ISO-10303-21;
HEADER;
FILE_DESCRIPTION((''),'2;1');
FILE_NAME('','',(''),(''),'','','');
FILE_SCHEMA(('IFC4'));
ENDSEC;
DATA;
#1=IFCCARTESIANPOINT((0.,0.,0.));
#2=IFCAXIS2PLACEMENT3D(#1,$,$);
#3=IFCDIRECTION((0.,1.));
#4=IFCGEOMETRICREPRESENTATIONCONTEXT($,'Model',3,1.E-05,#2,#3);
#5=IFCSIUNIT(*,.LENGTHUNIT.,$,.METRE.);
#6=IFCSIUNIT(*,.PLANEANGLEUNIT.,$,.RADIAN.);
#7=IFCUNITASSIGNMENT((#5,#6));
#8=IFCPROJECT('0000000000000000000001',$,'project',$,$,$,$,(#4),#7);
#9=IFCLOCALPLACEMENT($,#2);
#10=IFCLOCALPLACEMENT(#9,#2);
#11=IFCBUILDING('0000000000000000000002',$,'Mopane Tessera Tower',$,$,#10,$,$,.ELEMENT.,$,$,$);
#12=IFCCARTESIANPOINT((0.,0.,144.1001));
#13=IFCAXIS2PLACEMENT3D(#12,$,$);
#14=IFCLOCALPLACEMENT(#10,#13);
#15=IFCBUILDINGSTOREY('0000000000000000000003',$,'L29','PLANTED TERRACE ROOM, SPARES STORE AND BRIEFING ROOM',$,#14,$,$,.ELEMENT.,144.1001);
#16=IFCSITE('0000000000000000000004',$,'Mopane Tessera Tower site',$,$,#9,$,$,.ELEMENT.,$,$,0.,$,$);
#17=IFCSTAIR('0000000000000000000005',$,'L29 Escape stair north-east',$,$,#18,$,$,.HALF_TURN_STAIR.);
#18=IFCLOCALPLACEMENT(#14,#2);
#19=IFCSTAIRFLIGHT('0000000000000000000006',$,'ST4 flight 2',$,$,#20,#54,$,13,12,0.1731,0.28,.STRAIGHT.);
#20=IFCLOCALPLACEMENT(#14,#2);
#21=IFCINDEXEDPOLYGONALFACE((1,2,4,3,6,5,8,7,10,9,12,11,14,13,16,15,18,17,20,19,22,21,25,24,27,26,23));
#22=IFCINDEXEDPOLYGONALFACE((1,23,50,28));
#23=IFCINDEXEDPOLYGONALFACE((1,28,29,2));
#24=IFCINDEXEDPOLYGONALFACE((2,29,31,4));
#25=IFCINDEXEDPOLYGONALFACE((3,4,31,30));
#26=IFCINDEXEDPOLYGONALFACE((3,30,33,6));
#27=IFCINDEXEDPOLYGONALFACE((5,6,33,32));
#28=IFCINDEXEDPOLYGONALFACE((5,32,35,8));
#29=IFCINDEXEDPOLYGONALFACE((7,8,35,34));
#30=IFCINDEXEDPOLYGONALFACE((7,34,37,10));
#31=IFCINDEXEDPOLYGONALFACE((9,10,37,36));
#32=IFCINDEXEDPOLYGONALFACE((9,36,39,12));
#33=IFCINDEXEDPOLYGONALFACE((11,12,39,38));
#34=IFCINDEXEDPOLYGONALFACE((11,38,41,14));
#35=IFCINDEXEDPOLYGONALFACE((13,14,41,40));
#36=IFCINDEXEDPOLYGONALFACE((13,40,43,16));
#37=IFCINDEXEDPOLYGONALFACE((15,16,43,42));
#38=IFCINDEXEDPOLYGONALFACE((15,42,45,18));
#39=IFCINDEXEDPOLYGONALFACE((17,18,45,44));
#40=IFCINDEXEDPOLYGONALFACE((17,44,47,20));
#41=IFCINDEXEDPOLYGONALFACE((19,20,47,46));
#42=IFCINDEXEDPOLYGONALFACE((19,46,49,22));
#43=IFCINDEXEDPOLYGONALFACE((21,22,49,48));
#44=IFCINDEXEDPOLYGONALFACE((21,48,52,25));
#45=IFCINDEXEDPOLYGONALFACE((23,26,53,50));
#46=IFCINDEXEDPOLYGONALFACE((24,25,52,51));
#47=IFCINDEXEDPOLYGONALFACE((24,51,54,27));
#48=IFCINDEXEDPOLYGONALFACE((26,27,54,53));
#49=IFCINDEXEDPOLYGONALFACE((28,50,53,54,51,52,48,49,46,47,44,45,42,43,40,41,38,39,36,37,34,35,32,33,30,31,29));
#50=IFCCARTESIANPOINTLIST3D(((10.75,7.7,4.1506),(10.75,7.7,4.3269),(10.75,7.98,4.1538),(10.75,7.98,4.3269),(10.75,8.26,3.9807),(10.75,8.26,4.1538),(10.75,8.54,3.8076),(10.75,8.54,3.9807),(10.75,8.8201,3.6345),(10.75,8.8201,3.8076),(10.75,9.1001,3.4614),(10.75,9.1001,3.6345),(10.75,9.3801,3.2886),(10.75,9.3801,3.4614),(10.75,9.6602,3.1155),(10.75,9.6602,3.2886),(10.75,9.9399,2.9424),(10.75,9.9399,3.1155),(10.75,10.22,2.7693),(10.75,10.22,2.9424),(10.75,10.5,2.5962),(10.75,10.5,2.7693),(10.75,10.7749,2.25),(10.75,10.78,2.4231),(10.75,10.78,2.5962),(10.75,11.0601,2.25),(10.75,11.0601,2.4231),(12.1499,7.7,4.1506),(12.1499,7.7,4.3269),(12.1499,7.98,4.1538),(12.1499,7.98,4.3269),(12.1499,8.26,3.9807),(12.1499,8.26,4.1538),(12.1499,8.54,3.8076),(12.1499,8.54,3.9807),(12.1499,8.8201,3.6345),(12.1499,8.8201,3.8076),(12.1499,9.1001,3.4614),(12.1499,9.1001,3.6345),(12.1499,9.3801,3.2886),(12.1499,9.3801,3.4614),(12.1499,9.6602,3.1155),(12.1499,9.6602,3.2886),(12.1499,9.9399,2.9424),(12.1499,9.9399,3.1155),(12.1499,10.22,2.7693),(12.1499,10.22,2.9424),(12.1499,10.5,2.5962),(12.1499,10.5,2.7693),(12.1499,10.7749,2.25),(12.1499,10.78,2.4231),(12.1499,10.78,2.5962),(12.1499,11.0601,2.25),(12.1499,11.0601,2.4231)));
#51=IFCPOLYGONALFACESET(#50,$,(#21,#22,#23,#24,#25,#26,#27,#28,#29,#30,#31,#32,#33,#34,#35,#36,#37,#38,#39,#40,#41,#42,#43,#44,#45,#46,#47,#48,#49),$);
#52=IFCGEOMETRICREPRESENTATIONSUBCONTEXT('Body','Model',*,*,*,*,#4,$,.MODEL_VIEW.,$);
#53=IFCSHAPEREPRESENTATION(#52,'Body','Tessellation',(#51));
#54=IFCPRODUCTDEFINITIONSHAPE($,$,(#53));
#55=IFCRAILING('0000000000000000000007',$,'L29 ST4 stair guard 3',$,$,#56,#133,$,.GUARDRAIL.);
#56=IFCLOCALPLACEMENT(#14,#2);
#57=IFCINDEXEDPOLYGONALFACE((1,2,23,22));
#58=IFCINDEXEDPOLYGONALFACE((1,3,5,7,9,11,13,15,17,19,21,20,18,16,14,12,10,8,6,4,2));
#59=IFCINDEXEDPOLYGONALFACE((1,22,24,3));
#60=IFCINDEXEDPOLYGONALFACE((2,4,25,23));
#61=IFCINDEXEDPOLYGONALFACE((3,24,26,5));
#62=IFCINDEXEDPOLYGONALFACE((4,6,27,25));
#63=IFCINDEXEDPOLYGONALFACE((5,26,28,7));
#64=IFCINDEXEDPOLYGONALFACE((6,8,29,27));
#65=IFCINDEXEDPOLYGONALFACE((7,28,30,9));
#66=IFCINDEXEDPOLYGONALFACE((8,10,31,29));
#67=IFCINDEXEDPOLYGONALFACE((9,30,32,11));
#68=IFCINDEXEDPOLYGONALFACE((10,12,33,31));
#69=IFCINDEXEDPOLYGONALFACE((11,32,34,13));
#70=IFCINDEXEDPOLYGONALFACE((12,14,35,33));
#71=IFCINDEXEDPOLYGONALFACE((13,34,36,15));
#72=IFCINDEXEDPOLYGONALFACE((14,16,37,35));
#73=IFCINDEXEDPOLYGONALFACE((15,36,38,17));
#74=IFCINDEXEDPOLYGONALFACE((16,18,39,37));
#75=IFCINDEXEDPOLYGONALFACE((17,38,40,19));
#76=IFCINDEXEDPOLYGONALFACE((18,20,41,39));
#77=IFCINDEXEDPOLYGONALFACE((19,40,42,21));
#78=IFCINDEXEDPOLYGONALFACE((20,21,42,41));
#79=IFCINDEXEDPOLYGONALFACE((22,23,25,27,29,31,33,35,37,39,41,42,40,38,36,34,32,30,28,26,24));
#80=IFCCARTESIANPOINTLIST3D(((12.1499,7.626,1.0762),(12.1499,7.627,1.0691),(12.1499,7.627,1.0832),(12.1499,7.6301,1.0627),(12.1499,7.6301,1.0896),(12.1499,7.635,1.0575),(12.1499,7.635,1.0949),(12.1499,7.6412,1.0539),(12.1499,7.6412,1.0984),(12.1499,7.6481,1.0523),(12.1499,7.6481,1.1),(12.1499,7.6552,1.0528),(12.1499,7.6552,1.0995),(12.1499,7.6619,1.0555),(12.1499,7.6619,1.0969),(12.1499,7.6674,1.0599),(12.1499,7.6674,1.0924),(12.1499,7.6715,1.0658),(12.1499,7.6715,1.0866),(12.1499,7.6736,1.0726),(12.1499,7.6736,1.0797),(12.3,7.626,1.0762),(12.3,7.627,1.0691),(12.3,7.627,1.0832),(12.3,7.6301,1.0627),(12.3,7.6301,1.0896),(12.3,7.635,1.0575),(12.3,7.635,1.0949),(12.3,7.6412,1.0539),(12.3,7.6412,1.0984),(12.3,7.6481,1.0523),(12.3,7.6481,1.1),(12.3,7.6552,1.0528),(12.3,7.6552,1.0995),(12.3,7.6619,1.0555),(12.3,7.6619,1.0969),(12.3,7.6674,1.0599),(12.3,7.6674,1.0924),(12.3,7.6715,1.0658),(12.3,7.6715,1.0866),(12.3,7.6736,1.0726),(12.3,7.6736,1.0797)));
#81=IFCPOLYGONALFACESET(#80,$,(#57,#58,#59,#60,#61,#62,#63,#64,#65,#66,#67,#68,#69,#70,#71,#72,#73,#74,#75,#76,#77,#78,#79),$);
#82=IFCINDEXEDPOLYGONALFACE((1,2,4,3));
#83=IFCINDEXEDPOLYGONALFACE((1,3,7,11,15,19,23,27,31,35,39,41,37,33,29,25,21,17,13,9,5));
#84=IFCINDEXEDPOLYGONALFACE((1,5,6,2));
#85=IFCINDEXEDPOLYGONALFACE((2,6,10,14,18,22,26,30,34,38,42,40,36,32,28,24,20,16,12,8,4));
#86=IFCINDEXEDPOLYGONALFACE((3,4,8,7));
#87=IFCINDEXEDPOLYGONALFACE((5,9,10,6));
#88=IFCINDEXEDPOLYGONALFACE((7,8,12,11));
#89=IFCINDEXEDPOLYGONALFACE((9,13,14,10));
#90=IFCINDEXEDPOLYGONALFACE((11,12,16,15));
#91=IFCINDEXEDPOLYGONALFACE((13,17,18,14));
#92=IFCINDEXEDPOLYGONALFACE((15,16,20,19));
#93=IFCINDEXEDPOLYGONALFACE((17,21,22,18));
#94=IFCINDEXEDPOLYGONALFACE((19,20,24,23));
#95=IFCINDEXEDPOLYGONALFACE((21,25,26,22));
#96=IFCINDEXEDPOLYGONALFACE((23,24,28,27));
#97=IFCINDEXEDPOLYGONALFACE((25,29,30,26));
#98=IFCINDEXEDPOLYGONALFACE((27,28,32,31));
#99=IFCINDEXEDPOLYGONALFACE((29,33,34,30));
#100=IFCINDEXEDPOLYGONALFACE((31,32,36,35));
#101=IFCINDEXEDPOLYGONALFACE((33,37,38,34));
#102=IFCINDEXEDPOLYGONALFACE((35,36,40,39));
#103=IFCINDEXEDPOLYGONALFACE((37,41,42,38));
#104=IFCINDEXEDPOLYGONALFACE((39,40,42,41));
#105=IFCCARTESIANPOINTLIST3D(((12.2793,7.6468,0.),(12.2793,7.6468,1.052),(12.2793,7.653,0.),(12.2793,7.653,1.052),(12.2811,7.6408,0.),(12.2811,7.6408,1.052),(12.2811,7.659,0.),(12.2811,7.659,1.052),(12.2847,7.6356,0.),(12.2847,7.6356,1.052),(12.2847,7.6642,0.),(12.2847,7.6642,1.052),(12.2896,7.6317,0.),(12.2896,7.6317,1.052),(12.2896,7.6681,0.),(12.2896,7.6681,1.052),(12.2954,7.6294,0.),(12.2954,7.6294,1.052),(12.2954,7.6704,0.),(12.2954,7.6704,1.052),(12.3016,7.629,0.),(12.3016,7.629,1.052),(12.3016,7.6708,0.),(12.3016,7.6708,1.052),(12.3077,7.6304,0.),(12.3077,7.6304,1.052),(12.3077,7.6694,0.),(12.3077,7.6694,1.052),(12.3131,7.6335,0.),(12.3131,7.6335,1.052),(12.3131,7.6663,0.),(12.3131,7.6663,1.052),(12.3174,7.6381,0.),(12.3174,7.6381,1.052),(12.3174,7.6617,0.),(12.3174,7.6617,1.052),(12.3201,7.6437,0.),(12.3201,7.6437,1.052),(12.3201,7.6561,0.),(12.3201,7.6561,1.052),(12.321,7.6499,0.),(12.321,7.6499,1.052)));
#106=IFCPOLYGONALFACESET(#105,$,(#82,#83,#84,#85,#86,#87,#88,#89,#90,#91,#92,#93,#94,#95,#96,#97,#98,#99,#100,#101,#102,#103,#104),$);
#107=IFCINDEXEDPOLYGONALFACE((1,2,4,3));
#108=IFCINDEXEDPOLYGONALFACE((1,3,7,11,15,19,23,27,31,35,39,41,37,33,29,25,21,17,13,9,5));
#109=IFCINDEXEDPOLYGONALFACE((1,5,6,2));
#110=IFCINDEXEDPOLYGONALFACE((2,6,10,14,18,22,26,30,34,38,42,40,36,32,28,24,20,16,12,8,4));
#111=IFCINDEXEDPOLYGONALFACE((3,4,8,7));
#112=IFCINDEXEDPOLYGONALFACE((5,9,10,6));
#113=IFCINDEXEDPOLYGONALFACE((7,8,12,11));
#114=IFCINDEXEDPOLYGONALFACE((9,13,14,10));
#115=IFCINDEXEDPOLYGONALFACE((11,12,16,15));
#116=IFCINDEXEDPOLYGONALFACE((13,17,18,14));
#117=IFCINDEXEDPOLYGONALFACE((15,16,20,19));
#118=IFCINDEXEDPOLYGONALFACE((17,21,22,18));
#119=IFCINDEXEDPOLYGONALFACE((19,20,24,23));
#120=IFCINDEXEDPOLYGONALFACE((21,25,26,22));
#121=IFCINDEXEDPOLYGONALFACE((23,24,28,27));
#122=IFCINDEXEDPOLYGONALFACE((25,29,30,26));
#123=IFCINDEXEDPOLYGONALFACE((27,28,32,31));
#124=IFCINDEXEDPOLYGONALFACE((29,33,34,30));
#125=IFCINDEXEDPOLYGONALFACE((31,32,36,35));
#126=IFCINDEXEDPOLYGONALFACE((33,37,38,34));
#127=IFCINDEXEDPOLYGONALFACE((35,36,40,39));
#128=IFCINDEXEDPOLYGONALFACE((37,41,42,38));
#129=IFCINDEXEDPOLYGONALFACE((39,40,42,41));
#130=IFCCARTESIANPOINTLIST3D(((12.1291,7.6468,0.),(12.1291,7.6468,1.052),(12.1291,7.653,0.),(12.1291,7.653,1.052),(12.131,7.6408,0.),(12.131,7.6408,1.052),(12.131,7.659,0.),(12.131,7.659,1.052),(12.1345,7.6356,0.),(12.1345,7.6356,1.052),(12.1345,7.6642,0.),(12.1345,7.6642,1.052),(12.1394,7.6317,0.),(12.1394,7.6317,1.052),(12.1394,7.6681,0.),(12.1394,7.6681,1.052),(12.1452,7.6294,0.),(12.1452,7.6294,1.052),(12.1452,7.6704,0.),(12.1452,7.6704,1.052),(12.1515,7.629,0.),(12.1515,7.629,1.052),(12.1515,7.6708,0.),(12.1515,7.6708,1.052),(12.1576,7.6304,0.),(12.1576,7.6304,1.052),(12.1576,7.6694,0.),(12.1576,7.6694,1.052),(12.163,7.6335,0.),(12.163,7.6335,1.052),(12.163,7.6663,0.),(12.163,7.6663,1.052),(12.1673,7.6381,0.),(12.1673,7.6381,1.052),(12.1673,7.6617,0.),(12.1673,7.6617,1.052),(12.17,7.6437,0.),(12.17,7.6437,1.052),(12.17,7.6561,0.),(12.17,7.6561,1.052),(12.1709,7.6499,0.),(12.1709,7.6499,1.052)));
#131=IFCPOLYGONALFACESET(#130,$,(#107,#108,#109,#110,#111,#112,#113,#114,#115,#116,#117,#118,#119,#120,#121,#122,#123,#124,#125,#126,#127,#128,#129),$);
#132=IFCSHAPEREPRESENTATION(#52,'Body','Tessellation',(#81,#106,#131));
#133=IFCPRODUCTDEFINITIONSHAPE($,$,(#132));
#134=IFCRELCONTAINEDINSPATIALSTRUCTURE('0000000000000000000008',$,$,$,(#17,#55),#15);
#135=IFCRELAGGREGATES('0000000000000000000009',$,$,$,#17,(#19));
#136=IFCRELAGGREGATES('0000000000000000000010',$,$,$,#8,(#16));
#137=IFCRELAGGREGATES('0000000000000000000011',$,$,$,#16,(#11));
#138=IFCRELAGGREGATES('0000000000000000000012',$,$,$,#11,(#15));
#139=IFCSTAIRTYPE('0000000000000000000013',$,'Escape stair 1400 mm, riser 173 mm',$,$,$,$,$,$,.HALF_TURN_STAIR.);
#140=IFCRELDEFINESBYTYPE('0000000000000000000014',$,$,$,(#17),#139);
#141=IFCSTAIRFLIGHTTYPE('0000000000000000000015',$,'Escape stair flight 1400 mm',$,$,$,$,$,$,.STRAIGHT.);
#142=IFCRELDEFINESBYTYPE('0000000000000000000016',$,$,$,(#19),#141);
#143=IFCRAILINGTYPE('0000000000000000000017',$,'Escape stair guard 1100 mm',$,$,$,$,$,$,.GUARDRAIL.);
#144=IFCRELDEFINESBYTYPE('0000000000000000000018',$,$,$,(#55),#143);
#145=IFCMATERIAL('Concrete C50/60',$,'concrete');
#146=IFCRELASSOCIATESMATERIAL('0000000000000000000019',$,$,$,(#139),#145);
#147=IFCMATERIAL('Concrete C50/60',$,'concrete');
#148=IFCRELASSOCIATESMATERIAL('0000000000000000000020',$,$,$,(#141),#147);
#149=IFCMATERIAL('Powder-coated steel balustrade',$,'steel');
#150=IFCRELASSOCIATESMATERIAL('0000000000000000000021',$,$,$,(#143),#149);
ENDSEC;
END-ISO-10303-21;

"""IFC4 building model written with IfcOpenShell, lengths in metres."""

from ifc_helpers import new_model, si_unit, direction, frame, origin, origin_2d, place, context, subcontext, project, spatial, polyline, circle, outline, extrude, material, type_object, element, aggregate, save


model = new_model("IFC4")

# Units and contexts
model_context = context("Model", 3, precision=1e-05, world=origin(), true_north=direction((0.0, 1.0)))
body_context = subcontext(model_context, "Body", "Model", "MODEL_VIEW")
ifc_project = project(units=[si_unit("LENGTHUNIT", "METRE"), si_unit("PLANEANGLEUNIT", "RADIAN")], contexts=[model_context])

# Site, building, storey
site_placement = place(None, origin())
site = spatial("IfcSite", under=ifc_project, at=site_placement, Name="Mopane Tessera Tower site", CompositionType="ELEMENT", RefElevation=0.0)
building_placement = place(site_placement, origin())
building = spatial("IfcBuilding", under=site, at=building_placement, Name="Mopane Tessera Tower", CompositionType="ELEMENT")
storey_placement = place(building_placement, frame((0.0, 0.0, 144.1001)))
storey = spatial("IfcBuildingStorey", under=building, at=storey_placement, Name="L29", Description="PLANTED TERRACE ROOM, SPARES STORE AND BRIEFING ROOM", CompositionType="ELEMENT", Elevation=144.1001)

# Stair
ifc_material_1 = material(Name="Concrete C50/60", Category="concrete")
stair_type = type_object("IfcStairType", Name="Escape stair 1400 mm, riser 173 mm", PredefinedType="HALF_TURN_STAIR", material=ifc_material_1)
stair_1_placement = place(storey_placement, origin())
stair_1 = element("IfcStair", 1, at=stair_1_placement, inside=storey, type_object=stair_type, Name="L29 Escape stair north-east", PredefinedType="HALF_TURN_STAIR")

# Stair flight
ifc_material_2 = material(Name="Concrete C50/60", Category="concrete")
stair_flight_type = type_object("IfcStairFlightType", Name="Escape stair flight 1400 mm", PredefinedType="STRAIGHT", material=ifc_material_2)
stair_flight_1_placement = place(storey_placement, frame((11.45, 11.0601, 2.25), z_axis=(0.0, 0.0, 1.0), x_axis=(0.0, -1.0, 0.0)))
stair_flight_1 = element("IfcStairFlight", 2, at=stair_flight_1_placement, type_object=stair_flight_type, Name="ST4 flight 2", NumberOfRisers=13, NumberOfTreads=12, PredefinedType="STRAIGHT", RiserHeight=0.1731, TreadLength=0.28, context=body_context, shape_type="SweptSolid", body=[
    extrude(outline(polyline([(0.0, 0.0), (0.0, 0.1731), (0.28, 0.1731), (0.28, 0.3462), (0.5601, 0.3462), (0.5601, 0.5193), (0.8401, 0.5193), (0.8401, 0.6924), (1.1201, 0.6924), (1.1201, 0.8655), (1.3999, 0.8655), (1.3999, 1.0386), (1.6799, 1.0386), (1.6799, 1.2114), (1.96, 1.2114), (1.96, 1.3845), (2.24, 1.3845), (2.24, 1.5576), (2.52, 1.5576), (2.52, 1.7307), (2.8, 1.7307), (2.8, 1.9038), (3.0801, 1.9038), (3.0801, 2.0769), (3.3601, 2.0769), (3.3601, 2.25), (3.3601, 1.9006), (0.2852, 0.0), (0.0, 0.0)])), frame((0.0, 0.7, 0.0), z_axis=(0.0, -1.0, 0.0), x_axis=(1.0, 0.0, 0.0)), (0.0, 0.0, 1.0), 1.3999),
])
aggregate(stair_1, [stair_flight_1])

# Railing
ifc_material_3 = material(Name="Powder-coated steel balustrade", Category="steel")
railing_type_1 = type_object("IfcRailingType", Name="Escape stair guard 1100 mm", PredefinedType="GUARDRAIL", material=ifc_material_3)
railing_1_placement = place(storey_placement, frame((12.3, 7.6499, 0.0)))
element("IfcRailing", 3, at=railing_1_placement, inside=storey, type_object=railing_type_1, Name="L29 ST4 stair guard 3", PredefinedType="GUARDRAIL", context=body_context, shape_type="SweptSolid", body=[
    extrude(circle(Radius=0.0239, at=origin_2d()), frame((0.0, 0.0, 1.0762), z_axis=(-1.0, 0.0, 0.0), x_axis=(0.0, -1.0, 0.0)), (0.0, 0.0, 1.0), 0.1501),
    extrude(circle(Radius=0.021, at=origin_2d()), origin(), (0.0, 0.0, 1.0), 1.052),
    extrude(circle(Radius=0.021, at=origin_2d()), frame((-0.1501, 0.0, 0.0)), (0.0, 0.0, 1.0), 1.052),
])

save(model, "model.ifc")
